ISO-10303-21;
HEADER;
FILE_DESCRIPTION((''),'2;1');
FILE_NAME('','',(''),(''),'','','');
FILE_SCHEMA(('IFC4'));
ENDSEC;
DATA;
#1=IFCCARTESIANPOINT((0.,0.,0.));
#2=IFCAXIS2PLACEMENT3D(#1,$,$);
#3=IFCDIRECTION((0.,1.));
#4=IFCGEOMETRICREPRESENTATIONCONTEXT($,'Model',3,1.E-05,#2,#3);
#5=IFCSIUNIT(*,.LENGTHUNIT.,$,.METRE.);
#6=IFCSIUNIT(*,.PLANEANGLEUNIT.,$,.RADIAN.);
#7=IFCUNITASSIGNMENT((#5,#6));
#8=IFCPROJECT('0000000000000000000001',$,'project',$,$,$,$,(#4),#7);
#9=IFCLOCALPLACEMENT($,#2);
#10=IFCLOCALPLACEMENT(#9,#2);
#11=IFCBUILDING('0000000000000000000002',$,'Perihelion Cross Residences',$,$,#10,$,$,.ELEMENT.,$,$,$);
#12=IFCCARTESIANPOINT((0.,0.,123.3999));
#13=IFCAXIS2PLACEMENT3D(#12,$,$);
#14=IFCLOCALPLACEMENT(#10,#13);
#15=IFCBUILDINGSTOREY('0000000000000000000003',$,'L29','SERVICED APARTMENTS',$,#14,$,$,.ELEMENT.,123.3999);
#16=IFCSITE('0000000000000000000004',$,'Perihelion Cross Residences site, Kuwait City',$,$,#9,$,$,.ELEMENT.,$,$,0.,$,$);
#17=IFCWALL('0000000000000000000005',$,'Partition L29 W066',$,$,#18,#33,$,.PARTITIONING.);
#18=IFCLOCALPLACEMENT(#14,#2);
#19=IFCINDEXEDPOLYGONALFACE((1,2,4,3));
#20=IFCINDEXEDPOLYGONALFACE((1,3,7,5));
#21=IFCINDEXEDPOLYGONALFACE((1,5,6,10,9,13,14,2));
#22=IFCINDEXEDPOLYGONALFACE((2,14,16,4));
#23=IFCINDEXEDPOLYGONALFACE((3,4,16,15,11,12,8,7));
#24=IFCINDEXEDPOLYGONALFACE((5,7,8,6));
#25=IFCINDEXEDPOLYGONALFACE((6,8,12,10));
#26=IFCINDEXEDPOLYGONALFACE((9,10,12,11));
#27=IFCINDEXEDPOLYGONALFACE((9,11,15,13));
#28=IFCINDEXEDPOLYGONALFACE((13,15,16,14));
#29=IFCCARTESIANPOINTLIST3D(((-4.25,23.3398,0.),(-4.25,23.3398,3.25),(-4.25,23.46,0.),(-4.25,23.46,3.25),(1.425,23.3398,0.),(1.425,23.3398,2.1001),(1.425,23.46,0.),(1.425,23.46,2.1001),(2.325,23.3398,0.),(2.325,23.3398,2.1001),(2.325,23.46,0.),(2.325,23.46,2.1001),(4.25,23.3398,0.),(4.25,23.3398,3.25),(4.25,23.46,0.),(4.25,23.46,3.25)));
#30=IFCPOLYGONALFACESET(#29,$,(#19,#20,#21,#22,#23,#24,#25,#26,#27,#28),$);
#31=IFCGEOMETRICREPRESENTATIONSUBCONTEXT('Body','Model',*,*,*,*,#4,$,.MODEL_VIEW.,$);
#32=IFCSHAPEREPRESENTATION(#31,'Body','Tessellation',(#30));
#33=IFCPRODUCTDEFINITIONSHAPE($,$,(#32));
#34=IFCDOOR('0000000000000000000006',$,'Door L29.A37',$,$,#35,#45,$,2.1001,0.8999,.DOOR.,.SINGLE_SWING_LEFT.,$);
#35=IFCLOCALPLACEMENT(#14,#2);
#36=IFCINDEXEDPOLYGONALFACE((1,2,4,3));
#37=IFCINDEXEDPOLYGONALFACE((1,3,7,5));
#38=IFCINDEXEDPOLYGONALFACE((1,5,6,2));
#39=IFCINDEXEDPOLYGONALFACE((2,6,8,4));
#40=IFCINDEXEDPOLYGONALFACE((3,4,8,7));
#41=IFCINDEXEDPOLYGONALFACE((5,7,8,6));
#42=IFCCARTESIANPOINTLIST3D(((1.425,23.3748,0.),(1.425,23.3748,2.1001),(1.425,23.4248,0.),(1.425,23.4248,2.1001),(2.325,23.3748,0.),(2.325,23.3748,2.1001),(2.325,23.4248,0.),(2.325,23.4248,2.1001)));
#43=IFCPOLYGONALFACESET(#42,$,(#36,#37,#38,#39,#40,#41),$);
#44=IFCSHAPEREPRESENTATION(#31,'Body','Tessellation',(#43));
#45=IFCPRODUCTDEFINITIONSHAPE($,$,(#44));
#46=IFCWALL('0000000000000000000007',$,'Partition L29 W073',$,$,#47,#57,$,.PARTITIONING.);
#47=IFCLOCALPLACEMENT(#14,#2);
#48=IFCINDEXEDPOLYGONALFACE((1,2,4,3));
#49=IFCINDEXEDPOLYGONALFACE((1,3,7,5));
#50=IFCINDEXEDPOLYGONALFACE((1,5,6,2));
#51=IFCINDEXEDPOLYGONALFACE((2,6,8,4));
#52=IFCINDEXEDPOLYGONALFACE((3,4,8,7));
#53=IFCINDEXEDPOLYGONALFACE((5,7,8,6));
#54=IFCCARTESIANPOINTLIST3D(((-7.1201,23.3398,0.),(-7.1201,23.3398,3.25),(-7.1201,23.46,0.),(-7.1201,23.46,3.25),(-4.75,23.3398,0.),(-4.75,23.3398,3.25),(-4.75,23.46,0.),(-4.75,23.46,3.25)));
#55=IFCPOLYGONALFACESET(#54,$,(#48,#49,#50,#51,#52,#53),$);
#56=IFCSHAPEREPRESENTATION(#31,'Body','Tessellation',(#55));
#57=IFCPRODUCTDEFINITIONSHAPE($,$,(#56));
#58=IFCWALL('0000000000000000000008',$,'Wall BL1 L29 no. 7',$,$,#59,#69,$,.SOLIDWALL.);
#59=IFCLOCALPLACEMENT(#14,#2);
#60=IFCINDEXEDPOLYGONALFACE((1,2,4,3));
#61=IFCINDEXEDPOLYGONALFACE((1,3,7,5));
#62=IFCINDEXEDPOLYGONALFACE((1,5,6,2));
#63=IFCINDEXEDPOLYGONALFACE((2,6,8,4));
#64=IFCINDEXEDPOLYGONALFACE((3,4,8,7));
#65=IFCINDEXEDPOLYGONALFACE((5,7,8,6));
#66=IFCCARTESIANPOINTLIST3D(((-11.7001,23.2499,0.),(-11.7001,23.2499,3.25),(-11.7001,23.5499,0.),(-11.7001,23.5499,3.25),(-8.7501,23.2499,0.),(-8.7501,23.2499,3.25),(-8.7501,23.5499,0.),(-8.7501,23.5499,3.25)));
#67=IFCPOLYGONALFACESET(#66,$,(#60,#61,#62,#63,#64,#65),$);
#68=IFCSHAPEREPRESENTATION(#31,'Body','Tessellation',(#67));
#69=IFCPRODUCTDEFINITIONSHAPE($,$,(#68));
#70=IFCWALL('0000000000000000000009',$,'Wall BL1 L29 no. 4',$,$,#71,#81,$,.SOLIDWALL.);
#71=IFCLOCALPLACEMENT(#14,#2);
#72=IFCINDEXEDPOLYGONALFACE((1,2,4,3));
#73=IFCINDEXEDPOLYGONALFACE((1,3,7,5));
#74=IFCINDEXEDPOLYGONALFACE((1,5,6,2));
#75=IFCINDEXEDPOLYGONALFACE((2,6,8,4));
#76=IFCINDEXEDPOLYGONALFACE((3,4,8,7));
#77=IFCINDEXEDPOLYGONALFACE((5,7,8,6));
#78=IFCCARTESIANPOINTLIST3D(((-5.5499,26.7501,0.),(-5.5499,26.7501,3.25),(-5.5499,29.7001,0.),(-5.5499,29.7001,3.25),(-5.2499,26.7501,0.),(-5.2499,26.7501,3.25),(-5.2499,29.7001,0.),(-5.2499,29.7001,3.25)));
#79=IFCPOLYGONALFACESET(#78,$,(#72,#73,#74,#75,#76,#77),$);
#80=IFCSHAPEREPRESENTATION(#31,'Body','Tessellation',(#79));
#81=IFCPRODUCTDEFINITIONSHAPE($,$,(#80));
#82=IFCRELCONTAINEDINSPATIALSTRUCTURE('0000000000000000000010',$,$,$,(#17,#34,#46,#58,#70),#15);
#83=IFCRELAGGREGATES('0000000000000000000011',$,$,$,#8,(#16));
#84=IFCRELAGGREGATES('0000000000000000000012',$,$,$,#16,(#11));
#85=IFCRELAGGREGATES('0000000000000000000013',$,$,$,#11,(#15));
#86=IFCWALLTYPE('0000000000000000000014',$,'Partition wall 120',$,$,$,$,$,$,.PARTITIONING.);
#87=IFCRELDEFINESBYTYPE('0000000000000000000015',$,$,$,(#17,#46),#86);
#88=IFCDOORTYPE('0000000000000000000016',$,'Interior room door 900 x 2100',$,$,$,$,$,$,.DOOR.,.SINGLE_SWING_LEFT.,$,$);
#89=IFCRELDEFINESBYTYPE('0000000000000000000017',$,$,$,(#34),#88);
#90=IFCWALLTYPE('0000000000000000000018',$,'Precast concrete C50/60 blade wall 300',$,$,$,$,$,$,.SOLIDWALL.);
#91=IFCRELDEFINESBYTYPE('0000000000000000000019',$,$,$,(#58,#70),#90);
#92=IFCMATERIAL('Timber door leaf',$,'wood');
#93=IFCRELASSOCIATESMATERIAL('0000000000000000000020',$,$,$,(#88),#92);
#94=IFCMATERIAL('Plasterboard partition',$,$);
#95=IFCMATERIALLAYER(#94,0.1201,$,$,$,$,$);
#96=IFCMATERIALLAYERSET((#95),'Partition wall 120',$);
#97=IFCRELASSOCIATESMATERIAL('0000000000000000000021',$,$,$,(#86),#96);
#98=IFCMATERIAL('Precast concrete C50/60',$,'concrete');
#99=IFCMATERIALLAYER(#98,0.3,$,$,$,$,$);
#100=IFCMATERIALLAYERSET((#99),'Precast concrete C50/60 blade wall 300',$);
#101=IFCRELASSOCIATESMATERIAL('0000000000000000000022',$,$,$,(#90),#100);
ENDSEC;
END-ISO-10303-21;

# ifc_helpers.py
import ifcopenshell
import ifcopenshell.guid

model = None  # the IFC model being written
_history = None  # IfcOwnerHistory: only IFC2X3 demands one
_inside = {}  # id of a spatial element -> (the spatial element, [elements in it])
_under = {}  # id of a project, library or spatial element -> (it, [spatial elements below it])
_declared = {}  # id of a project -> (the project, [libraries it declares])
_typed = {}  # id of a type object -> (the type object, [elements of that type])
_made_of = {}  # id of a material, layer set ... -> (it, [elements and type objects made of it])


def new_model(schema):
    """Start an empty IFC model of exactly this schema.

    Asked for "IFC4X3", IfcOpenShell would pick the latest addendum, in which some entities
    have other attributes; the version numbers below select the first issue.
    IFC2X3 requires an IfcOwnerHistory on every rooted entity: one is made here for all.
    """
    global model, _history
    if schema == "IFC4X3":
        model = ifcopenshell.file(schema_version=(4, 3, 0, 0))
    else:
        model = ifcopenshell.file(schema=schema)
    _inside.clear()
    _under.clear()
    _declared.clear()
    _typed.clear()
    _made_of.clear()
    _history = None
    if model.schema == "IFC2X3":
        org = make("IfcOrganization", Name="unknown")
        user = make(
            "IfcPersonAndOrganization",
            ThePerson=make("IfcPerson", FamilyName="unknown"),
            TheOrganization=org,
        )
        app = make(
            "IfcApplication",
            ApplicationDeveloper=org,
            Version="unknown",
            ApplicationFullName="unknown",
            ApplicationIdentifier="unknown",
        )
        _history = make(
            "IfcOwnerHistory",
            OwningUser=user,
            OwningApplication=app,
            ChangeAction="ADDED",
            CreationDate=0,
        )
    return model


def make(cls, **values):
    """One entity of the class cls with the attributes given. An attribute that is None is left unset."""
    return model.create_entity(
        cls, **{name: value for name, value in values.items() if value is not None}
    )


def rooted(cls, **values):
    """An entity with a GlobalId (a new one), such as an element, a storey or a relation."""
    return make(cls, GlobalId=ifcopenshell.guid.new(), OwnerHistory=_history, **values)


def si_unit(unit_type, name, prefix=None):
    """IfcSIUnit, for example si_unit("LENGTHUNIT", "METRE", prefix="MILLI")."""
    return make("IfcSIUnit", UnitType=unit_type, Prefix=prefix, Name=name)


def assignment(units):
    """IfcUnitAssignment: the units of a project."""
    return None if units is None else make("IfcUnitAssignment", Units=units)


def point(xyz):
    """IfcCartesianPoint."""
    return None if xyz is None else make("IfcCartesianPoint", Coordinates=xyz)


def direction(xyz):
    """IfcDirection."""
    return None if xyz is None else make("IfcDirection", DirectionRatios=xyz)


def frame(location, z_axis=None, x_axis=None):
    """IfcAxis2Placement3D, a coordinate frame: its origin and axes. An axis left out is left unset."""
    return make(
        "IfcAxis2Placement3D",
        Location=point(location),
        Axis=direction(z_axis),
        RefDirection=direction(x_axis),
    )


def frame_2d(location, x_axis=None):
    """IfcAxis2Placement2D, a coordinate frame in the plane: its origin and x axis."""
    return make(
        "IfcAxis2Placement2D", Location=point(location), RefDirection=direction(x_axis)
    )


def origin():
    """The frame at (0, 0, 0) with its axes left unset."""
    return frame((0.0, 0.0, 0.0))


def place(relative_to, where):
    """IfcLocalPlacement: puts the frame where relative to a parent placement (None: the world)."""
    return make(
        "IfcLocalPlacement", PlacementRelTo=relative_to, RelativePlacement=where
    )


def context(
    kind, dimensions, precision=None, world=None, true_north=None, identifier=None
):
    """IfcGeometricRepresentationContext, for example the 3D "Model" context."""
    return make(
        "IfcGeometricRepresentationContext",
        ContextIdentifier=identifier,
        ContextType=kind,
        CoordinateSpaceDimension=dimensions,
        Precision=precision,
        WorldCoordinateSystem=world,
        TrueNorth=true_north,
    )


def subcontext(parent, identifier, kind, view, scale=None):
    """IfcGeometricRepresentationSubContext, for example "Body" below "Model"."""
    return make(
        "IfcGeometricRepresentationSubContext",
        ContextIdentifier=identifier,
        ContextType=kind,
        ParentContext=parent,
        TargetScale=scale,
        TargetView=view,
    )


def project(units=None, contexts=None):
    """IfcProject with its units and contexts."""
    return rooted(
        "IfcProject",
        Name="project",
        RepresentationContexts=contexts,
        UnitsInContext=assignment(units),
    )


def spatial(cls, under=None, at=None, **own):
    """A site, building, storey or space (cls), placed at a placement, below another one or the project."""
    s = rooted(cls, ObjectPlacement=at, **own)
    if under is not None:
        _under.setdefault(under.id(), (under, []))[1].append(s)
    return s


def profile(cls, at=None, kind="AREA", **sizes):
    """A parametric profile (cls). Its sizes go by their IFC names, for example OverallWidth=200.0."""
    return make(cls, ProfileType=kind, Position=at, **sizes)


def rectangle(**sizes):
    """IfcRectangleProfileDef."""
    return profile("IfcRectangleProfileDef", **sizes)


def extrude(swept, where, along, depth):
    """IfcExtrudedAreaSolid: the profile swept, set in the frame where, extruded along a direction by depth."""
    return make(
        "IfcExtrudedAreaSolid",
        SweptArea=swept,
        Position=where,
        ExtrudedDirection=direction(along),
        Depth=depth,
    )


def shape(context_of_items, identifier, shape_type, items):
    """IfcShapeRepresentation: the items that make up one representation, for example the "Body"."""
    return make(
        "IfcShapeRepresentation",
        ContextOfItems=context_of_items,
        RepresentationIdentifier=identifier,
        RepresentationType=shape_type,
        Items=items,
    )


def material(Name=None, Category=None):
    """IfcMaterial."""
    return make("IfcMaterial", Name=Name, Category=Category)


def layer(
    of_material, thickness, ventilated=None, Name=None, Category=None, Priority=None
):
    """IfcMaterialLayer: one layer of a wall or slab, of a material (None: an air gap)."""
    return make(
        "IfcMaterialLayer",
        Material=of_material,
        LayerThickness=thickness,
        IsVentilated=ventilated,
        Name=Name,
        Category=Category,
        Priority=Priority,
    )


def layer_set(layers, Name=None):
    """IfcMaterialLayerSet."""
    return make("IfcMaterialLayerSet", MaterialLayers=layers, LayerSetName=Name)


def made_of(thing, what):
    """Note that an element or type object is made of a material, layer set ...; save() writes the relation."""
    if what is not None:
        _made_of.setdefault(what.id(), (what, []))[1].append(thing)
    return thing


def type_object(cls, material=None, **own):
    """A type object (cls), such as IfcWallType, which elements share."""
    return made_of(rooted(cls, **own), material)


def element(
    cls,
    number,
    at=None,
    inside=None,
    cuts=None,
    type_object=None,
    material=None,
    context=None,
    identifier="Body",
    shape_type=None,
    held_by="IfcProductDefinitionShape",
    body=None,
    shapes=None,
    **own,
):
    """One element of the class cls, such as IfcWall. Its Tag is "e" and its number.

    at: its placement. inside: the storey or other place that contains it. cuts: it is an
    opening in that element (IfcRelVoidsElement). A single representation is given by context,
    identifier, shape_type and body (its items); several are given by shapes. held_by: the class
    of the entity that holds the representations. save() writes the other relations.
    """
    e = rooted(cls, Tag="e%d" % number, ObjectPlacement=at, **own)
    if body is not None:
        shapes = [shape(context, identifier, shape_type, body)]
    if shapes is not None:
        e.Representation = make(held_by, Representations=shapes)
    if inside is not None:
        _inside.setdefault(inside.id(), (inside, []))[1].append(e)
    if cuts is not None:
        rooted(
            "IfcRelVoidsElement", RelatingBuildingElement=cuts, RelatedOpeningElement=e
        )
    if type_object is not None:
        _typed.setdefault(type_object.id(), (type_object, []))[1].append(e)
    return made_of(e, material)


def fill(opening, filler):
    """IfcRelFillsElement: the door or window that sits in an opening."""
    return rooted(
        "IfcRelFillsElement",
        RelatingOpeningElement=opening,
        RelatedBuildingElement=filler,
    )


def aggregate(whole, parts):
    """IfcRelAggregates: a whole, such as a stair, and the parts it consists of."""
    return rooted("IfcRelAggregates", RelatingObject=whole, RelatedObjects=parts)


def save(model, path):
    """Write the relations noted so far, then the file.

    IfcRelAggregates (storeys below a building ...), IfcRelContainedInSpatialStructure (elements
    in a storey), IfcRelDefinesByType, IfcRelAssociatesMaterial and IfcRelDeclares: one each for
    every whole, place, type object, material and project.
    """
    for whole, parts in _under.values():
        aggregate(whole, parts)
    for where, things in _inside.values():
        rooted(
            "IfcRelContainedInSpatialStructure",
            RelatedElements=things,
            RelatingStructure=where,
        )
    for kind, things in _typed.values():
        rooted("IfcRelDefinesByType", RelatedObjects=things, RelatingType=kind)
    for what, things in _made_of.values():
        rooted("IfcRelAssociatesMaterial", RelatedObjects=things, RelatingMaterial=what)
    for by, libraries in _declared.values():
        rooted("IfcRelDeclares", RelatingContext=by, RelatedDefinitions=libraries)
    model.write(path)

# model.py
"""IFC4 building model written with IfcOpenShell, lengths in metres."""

from ifc_helpers import new_model, si_unit, direction, frame, frame_2d, origin, place, context, subcontext, project, spatial, rectangle, extrude, material, layer, layer_set, type_object, element, fill, save


model = new_model("IFC4")

# Units and contexts
model_context = context("Model", 3, precision=1e-05, world=origin(), true_north=direction((0.0, 1.0)))
body_context = subcontext(model_context, "Body", "Model", "MODEL_VIEW")
ifc_project = project(units=[si_unit("LENGTHUNIT", "METRE"), si_unit("PLANEANGLEUNIT", "RADIAN")], contexts=[model_context])

# Site, building, storey
site_placement = place(None, origin())
site = spatial("IfcSite", under=ifc_project, at=site_placement, Name="Perihelion Cross Residences site, Kuwait City", CompositionType="ELEMENT", RefElevation=0.0)
building_placement = place(site_placement, origin())
building = spatial("IfcBuilding", under=site, at=building_placement, Name="Perihelion Cross Residences", CompositionType="ELEMENT")
storey_placement = place(building_placement, frame((0.0, 0.0, 123.3999)))
storey = spatial("IfcBuildingStorey", under=building, at=storey_placement, Name="L29", Description="SERVICED APARTMENTS", CompositionType="ELEMENT", Elevation=123.3999)

# Wall, opening, door
ifc_material_1 = material(Name="Timber door leaf", Category="wood")
door_type_1 = type_object("IfcDoorType", Name="Interior room door 900 x 2100", OperationType="SINGLE_SWING_LEFT", PredefinedType="DOOR", material=ifc_material_1)
ifc_material_2 = material(Name="Plasterboard partition")
ifc_layer_1 = layer(ifc_material_2, 0.1201)
ifc_layer_set_1 = layer_set([ifc_layer_1], Name="Partition wall 120")
wall_type_1 = type_object("IfcWallType", Name="Partition wall 120", PredefinedType="PARTITIONING", material=ifc_layer_set_1)
wall_1_placement = place(storey_placement, frame((-4.25, 23.3999, 0.0), z_axis=(0.0, 0.0, 1.0), x_axis=(1.0, 0.0, 0.0)))
wall_1 = element("IfcWall", 1, at=wall_1_placement, inside=storey, type_object=wall_type_1, Name="Partition L29 W066", PredefinedType="PARTITIONING", context=body_context, shape_type="SweptSolid", body=[
    extrude(rectangle(XDim=8.5, YDim=0.1201, at=frame_2d((4.25, 0.0))), origin(), (0.0, 0.0, 1.0), 3.25),
])
opening_1_placement = place(wall_1_placement, frame((5.675, 0.0, 0.0)))
opening_1 = element("IfcOpeningElement", 2, at=opening_1_placement, cuts=wall_1, PredefinedType="OPENING", context=body_context, shape_type="SweptSolid", body=[
    extrude(rectangle(XDim=0.8999, YDim=2.1001, at=frame_2d((0.45, 1.05))), frame((0.0, 0.0701, 0.0), z_axis=(0.0, -1.0, 0.0), x_axis=(1.0, 0.0, 0.0)), (0.0, 0.0, 1.0), 0.1401),
])
door_1_placement = place(opening_1_placement, origin())
door_1 = element("IfcDoor", 3, at=door_1_placement, inside=storey, type_object=door_type_1, Name="Door L29.A37", OperationType="SINGLE_SWING_LEFT", OverallHeight=2.1001, OverallWidth=0.8999, PredefinedType="DOOR", context=body_context, shape_type="SweptSolid", body=[
    extrude(rectangle(XDim=0.8999, YDim=2.1001, at=frame_2d((0.45, 1.05))), frame((0.0, 0.0249, 0.0), z_axis=(0.0, -1.0, 0.0), x_axis=(1.0, 0.0, 0.0)), (0.0, 0.0, 1.0), 0.05),
])
fill(opening_1, door_1)

# Walls
wall_2_placement = place(storey_placement, frame((-7.1201, 23.3999, 0.0), z_axis=(0.0, 0.0, 1.0), x_axis=(1.0, 0.0, 0.0)))
element("IfcWall", 4, at=wall_2_placement, inside=storey, type_object=wall_type_1, Name="Partition L29 W073", PredefinedType="PARTITIONING", context=body_context, shape_type="SweptSolid", body=[
    extrude(rectangle(XDim=2.3701, YDim=0.1201, at=frame_2d((1.1851, 0.0))), origin(), (0.0, 0.0, 1.0), 3.25),
])
ifc_material_3 = material(Name="Precast concrete C50/60", Category="concrete")
ifc_layer_2 = layer(ifc_material_3, 0.3)
ifc_layer_set_2 = layer_set([ifc_layer_2], Name="Precast concrete C50/60 blade wall 300")
wall_type_2 = type_object("IfcWallType", Name="Precast concrete C50/60 blade wall 300", PredefinedType="SOLIDWALL", material=ifc_layer_set_2)
for number, where, z_axis, x_axis, name in (
    (5, (-8.75, 23.3999, 0.0), (0.0, 0.0, 1.0), (-1.0, 0.0, 0.0), "Wall BL1 L29 no. 7"),
    (6, (-5.3999, 26.75, 0.0), (0.0, 0.0, 1.0), (0.0, 1.0, 0.0), "Wall BL1 L29 no. 4"),
):
    element("IfcWall", number, at=place(storey_placement, frame(where, z_axis=z_axis, x_axis=x_axis)), inside=storey, type_object=wall_type_2, Name=name, PredefinedType="SOLIDWALL", context=body_context, shape_type="SweptSolid", body=[
        extrude(rectangle(XDim=2.95, YDim=0.3, at=frame_2d((1.4751, 0.0))), origin(), (0.0, 0.0, 1.0), 3.25),
    ])

save(model, "model.ifc")
